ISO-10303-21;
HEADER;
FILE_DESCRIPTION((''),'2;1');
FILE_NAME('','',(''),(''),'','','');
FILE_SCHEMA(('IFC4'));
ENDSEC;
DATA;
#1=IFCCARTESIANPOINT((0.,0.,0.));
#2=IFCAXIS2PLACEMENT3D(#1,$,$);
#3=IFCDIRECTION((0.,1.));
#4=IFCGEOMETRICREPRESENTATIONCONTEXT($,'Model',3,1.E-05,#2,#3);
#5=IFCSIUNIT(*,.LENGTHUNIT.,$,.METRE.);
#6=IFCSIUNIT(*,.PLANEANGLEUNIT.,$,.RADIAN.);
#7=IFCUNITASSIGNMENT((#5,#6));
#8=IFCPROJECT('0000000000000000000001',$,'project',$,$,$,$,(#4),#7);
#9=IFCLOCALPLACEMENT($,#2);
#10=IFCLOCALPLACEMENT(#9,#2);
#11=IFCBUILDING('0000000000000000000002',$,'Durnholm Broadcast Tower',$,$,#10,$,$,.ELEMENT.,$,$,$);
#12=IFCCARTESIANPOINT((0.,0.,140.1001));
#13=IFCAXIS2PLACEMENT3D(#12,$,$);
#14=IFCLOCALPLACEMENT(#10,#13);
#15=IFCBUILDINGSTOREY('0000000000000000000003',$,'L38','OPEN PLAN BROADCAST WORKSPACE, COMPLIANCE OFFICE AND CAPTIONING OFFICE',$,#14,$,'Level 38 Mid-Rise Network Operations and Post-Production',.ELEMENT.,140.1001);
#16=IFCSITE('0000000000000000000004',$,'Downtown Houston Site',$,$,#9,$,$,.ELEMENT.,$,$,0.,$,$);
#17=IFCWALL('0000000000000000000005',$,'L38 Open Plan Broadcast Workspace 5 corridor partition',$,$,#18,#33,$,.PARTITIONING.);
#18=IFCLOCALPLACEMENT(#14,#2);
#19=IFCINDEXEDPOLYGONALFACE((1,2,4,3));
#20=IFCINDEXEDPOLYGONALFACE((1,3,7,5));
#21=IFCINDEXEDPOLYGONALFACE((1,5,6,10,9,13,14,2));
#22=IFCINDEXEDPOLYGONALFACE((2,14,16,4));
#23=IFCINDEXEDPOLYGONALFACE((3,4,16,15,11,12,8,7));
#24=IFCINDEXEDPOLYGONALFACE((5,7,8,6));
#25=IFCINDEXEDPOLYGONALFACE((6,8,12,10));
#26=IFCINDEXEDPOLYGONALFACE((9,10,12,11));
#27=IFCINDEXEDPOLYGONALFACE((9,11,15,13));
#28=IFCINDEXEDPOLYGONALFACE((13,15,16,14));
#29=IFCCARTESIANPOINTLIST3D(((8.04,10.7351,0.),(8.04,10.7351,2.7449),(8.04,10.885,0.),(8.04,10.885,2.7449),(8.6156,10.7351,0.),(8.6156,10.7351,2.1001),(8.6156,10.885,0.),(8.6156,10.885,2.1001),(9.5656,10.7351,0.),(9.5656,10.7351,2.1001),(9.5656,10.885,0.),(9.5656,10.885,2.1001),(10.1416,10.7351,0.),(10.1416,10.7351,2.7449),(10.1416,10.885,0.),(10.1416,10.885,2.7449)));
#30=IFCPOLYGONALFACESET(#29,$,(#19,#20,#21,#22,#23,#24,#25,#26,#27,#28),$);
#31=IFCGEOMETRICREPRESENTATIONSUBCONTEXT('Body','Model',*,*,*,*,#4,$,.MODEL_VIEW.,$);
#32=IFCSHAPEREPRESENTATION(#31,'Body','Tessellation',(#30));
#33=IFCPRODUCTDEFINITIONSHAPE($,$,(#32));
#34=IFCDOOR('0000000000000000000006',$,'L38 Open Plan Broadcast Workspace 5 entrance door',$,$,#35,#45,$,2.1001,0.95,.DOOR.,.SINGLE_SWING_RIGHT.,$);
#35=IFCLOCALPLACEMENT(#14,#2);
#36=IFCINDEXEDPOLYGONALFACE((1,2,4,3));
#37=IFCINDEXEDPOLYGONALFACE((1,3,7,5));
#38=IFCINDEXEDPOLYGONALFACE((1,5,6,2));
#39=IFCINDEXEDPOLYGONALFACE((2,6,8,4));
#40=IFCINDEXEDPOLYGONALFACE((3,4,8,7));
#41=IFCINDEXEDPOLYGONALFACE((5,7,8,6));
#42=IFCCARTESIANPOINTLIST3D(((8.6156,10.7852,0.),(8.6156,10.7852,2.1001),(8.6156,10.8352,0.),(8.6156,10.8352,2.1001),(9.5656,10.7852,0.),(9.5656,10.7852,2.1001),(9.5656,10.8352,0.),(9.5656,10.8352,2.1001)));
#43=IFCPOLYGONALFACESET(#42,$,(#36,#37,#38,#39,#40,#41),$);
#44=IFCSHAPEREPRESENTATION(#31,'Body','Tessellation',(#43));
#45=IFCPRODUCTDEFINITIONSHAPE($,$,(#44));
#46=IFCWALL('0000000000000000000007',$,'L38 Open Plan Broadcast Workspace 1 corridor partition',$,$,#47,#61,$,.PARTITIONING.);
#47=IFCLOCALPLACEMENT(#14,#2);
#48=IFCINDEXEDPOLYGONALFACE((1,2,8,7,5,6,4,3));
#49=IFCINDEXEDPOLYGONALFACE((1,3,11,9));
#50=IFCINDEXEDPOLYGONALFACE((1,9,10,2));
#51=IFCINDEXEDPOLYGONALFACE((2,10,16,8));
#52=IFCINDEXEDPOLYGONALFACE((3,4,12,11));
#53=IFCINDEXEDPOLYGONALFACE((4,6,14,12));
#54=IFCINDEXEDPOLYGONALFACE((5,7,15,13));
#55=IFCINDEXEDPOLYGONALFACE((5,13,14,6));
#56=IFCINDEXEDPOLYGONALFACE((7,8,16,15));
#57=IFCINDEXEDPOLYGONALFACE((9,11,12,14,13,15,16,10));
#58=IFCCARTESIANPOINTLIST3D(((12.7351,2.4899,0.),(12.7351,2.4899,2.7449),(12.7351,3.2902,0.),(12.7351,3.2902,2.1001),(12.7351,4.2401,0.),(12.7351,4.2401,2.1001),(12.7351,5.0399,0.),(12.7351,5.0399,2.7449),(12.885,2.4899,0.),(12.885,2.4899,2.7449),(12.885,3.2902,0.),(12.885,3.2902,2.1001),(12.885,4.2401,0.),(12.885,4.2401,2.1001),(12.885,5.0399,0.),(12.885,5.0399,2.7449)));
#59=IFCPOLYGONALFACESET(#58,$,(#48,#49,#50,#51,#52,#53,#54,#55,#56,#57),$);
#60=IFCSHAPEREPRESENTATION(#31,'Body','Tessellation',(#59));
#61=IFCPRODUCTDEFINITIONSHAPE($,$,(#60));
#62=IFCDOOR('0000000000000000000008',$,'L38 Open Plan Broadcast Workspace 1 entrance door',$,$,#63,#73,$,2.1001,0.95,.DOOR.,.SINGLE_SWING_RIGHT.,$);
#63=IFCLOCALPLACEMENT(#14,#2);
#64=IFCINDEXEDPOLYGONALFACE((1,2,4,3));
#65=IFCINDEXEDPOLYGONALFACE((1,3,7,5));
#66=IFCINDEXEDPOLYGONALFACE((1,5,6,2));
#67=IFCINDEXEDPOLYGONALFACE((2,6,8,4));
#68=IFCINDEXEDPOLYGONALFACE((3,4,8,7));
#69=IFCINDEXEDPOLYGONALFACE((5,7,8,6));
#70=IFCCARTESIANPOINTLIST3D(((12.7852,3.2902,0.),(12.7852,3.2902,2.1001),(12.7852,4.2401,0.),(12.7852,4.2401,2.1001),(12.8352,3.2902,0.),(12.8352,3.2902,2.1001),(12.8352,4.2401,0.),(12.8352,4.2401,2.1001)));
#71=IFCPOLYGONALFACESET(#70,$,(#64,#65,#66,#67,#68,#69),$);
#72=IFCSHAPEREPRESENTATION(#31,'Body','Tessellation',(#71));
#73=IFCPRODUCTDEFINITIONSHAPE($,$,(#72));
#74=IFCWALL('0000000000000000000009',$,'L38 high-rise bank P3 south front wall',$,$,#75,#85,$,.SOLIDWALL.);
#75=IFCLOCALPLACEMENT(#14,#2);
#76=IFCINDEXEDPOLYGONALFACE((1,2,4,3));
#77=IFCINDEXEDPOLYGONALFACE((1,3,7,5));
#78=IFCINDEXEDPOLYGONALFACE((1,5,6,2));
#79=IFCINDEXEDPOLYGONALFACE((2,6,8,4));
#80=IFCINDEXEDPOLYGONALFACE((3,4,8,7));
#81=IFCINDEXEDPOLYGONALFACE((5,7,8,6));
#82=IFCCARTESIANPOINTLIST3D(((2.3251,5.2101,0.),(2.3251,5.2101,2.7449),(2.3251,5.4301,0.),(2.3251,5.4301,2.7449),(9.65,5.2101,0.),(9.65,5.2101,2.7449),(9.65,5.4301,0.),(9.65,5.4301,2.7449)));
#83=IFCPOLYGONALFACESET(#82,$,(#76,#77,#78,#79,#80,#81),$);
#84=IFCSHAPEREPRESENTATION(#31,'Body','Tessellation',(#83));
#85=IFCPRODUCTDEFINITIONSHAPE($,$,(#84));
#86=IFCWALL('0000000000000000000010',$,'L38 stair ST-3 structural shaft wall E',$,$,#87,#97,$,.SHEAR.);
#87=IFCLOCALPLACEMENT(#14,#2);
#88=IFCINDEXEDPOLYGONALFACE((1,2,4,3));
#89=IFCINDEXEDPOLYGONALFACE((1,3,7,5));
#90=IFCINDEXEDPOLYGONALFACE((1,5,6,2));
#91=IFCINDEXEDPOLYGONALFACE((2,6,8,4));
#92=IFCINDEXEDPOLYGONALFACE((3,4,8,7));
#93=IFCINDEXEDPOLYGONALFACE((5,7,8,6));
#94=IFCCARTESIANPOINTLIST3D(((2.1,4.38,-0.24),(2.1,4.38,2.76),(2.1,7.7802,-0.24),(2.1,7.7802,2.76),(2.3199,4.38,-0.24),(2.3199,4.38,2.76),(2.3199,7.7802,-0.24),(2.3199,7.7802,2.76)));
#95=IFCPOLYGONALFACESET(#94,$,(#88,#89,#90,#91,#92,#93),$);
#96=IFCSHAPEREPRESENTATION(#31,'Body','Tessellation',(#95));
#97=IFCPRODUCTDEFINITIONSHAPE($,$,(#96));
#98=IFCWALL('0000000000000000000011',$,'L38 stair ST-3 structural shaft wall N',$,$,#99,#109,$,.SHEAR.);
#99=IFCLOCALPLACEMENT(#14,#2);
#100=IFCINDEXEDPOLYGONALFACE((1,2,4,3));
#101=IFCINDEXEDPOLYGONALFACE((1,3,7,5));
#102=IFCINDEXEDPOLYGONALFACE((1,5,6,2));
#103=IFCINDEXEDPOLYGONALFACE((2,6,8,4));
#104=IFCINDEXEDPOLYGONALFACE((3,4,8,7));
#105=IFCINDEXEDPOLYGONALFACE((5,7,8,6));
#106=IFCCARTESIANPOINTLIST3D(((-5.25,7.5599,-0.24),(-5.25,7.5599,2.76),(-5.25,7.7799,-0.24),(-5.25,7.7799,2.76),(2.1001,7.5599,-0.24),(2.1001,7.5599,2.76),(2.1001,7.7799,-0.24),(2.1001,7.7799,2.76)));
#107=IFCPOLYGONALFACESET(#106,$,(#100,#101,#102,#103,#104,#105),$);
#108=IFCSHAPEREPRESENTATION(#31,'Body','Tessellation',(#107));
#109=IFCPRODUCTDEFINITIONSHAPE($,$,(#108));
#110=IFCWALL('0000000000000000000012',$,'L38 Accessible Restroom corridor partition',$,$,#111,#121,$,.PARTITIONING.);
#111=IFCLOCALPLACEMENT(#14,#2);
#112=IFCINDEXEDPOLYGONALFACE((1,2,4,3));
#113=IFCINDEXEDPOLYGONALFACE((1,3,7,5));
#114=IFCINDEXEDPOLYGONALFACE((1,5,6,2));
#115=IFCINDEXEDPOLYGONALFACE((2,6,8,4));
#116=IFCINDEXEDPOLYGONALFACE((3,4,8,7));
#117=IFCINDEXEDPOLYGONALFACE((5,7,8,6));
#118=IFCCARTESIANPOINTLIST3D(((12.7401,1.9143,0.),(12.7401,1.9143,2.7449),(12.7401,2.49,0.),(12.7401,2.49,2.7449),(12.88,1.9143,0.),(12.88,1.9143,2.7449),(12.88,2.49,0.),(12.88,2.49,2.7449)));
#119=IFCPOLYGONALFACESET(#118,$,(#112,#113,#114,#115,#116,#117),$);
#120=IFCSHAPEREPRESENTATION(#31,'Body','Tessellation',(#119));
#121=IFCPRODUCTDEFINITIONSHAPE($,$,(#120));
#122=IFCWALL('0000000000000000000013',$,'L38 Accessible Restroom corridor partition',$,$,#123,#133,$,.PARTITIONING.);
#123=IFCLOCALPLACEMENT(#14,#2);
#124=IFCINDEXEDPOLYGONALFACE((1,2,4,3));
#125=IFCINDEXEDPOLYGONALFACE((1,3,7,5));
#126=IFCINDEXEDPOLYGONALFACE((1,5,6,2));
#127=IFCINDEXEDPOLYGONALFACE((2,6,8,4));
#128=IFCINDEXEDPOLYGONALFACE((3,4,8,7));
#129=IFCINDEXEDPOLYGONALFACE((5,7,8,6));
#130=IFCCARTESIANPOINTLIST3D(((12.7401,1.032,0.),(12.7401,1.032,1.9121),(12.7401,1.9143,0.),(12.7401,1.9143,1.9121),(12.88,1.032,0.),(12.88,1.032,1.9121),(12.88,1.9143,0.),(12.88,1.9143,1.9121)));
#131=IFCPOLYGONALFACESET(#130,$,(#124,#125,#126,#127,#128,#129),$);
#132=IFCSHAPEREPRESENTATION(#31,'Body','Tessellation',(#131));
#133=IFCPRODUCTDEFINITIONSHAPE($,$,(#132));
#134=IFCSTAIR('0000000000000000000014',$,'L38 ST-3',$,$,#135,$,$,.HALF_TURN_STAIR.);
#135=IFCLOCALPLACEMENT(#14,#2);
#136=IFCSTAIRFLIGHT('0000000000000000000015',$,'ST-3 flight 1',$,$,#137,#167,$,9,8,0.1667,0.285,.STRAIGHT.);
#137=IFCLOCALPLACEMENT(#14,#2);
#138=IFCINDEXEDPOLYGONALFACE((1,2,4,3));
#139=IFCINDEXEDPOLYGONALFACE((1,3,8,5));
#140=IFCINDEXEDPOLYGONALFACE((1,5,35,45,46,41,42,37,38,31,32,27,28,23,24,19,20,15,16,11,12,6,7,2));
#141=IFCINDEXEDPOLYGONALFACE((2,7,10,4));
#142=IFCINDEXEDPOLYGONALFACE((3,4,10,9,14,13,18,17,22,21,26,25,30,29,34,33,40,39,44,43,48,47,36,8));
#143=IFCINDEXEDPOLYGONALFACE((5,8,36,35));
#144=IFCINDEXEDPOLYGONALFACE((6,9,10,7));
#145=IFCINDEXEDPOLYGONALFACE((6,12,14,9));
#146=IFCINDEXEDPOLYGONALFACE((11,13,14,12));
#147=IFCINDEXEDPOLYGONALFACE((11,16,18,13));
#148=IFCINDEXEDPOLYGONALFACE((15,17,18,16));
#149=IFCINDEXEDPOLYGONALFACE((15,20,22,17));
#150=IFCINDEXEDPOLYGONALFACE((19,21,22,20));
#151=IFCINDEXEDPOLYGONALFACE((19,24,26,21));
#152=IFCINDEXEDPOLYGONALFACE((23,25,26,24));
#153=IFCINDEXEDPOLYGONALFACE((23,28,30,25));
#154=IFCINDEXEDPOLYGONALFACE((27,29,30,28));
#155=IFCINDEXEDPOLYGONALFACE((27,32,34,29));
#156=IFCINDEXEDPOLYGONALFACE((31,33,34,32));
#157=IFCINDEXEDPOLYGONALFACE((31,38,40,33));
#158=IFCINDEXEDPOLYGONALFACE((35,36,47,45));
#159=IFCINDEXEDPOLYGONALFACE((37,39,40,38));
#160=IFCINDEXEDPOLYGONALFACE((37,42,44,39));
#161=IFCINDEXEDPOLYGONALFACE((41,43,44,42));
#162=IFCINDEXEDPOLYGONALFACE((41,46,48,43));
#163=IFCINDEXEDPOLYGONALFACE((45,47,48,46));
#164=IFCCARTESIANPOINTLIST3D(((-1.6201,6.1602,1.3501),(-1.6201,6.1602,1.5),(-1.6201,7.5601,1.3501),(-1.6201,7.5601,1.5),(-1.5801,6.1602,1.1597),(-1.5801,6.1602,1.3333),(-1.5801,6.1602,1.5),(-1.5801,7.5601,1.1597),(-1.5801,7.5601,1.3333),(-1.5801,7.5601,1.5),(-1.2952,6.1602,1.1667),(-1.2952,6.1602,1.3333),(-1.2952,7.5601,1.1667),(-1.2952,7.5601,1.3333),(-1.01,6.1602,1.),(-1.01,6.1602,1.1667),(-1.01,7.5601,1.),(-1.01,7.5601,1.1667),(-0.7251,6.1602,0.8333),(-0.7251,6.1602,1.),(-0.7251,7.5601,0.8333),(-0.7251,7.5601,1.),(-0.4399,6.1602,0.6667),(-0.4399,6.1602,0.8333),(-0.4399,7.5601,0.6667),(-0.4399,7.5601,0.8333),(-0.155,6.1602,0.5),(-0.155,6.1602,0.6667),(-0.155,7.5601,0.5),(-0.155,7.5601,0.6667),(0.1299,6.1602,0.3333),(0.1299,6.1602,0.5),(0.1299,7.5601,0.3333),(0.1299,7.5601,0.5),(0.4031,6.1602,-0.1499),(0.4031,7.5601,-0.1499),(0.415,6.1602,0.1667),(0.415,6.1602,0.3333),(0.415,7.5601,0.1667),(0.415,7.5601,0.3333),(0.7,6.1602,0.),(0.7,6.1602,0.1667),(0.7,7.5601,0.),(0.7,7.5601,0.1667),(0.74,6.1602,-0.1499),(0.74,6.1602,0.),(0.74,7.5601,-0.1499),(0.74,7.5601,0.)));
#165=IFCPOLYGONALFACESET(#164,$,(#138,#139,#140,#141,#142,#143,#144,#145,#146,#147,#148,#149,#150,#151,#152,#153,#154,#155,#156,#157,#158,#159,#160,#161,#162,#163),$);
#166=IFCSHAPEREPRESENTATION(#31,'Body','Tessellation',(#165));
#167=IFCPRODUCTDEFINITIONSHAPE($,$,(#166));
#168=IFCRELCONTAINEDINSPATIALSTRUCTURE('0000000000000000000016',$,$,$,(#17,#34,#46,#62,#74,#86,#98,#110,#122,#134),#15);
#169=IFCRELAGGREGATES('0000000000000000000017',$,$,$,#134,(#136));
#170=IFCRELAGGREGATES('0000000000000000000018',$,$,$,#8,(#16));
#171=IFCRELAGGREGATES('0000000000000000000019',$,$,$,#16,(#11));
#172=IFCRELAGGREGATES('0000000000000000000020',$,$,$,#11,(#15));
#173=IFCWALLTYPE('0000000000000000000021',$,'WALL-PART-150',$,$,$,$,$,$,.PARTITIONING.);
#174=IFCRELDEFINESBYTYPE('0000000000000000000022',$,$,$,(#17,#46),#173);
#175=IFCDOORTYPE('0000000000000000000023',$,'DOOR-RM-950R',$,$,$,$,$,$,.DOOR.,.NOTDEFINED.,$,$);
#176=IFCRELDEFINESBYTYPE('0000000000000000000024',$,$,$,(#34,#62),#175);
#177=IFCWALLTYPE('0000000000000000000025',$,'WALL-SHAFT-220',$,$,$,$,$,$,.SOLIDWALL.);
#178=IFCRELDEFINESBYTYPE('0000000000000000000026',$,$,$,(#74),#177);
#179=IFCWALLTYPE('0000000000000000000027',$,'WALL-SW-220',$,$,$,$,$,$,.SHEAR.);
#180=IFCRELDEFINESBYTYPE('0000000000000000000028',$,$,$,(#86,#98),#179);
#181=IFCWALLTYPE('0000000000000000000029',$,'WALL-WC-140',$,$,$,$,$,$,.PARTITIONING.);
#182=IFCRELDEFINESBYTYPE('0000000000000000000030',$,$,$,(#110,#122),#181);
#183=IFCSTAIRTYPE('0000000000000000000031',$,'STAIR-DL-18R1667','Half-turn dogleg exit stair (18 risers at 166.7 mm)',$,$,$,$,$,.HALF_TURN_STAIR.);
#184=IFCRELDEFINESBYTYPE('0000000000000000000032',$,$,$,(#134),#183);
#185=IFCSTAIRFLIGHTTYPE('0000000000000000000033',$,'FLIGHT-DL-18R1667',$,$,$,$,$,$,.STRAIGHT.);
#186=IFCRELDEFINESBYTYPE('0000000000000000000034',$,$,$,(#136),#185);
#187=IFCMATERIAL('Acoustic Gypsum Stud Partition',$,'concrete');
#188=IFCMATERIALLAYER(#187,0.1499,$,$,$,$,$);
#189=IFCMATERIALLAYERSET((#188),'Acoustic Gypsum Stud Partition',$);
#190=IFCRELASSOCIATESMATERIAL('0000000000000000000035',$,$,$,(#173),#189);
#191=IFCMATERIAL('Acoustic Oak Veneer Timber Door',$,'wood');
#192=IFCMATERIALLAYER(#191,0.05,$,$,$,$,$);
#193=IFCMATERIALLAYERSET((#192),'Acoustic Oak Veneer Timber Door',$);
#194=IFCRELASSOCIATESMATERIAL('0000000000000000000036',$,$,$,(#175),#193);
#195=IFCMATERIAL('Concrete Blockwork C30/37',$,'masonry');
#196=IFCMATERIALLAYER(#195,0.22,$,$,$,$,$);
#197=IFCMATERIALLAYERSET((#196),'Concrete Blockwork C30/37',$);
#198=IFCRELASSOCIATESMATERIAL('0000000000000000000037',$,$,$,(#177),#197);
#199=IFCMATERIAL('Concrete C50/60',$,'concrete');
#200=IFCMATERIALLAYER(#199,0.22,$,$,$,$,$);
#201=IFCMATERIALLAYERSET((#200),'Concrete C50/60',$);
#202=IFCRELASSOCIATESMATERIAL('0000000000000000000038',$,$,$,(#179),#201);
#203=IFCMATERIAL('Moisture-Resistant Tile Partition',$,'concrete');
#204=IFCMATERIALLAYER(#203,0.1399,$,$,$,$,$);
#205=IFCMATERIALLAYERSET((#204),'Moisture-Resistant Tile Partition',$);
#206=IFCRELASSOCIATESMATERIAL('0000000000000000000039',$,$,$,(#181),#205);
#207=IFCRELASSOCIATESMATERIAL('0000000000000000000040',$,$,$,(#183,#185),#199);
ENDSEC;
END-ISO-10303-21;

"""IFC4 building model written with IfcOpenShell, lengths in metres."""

from ifc_helpers import new_model, si_unit, direction, frame, frame_2d, origin, place, context, subcontext, project, spatial, polyline, rectangle, outline, extrude, source, transform, mapped, material, layer, layer_set, type_object, type_shapes, element, fill, aggregate, save


model = new_model("IFC4")

# Units and contexts
model_context = context("Model", 3, precision=1e-05, world=origin(), true_north=direction((0.0, 1.0)))
body_context = subcontext(model_context, "Body", "Model", "MODEL_VIEW")
ifc_project = project(units=[si_unit("LENGTHUNIT", "METRE"), si_unit("PLANEANGLEUNIT", "RADIAN")], contexts=[model_context])

# Site, building, storey
site_placement = place(None, origin())
site = spatial("IfcSite", under=ifc_project, at=site_placement, Name="Downtown Houston Site", CompositionType="ELEMENT", RefElevation=0.0)
building_placement = place(site_placement, origin())
building = spatial("IfcBuilding", under=site, at=building_placement, Name="Durnholm Broadcast Tower", CompositionType="ELEMENT")
storey_placement = place(building_placement, frame((0.0, 0.0, 140.1001)))
storey = spatial("IfcBuildingStorey", under=building, at=storey_placement, Name="L38", Description="OPEN PLAN BROADCAST WORKSPACE, COMPLIANCE OFFICE AND CAPTIONING OFFICE", LongName="Level 38 Mid-Rise Network Operations and Post-Production", CompositionType="ELEMENT", Elevation=140.1001)

# Shared definitions
ifc_material_1 = material(Name="Acoustic Gypsum Stud Partition", Category="concrete")
ifc_layer_1 = layer(ifc_material_1, 0.1499)
ifc_layer_set_1 = layer_set([ifc_layer_1], Name="Acoustic Gypsum Stud Partition")
wall_type_1 = type_object("IfcWallType", Name="WALL-PART-150", PredefinedType="PARTITIONING", material=ifc_layer_set_1)

# Walls, openings, doors
wall_1_placement = place(storey_placement, frame((10.1416, 10.8101, 0.0), z_axis=(0.0, 0.0, 1.0), x_axis=(-1.0, 0.0, 0.0)))
wall_1 = element("IfcWall", 1, at=wall_1_placement, inside=storey, type_object=wall_type_1, Name="L38 Open Plan Broadcast Workspace 5 corridor partition", PredefinedType="PARTITIONING", context=body_context, shape_type="SweptSolid", body=[
    extrude(rectangle(XDim=2.1016, YDim=0.1499, at=frame_2d((1.0508, 0.0))), origin(), (0.0, 0.0, 1.0), 2.7449),
])
opening_1_placement = place(wall_1_placement, frame((0.5759, 0.0, 0.0)))
opening_1 = element("IfcOpeningElement", 2, at=opening_1_placement, cuts=wall_1, PredefinedType="OPENING", context=body_context, shape_type="SweptSolid", body=[
    extrude(rectangle(XDim=0.95, YDim=2.1001, at=frame_2d((0.4751, 1.05))), frame((0.0, 0.085, 0.0), z_axis=(0.0, -1.0, 0.0), x_axis=(1.0, 0.0, 0.0)), (0.0, 0.0, 1.0), 0.1699),
])
ifc_material_2 = material(Name="Acoustic Oak Veneer Timber Door", Category="wood")
ifc_layer_2 = layer(ifc_material_2, 0.05)
ifc_layer_set_2 = layer_set([ifc_layer_2], Name="Acoustic Oak Veneer Timber Door")
door_type_1 = type_object("IfcDoorType", Name="DOOR-RM-950R", OperationType="NOTDEFINED", PredefinedType="DOOR", material=ifc_layer_set_2)
shared_shape_1 = source(origin(), body_context, "Body", "SweptSolid", [
    extrude(rectangle(XDim=0.95, YDim=2.1001, at=frame_2d((0.4751, 1.05))), frame((0.0, 0.0249, 0.0), z_axis=(0.0, -1.0, 0.0), x_axis=(1.0, 0.0, 0.0)), (0.0, 0.0, 1.0), 0.05),
])
type_shapes(door_type_1, [shared_shape_1])
door_1_placement = place(opening_1_placement, origin())
door_1 = element("IfcDoor", 3, at=door_1_placement, inside=storey, type_object=door_type_1, Name="L38 Open Plan Broadcast Workspace 5 entrance door", OperationType="SINGLE_SWING_RIGHT", OverallHeight=2.1001, OverallWidth=0.95, PredefinedType="DOOR", context=body_context, shape_type="MappedRepresentation", body=[
    mapped(shared_shape_1, transform((0.0, 0.0, 0.0), x_axis=(1.0, 0.0, 0.0), y_axis=(0.0, 1.0, 0.0), z_axis=(0.0, 0.0, 1.0), scale=1.0)),
])
fill(opening_1, door_1)
wall_2_placement = place(storey_placement, frame((12.8101, 2.49, 0.0), z_axis=(0.0, 0.0, 1.0), x_axis=(0.0, 1.0, 0.0)))
wall_2 = element("IfcWall", 4, at=wall_2_placement, inside=storey, type_object=wall_type_1, Name="L38 Open Plan Broadcast Workspace 1 corridor partition", PredefinedType="PARTITIONING", context=body_context, shape_type="SweptSolid", body=[
    extrude(rectangle(XDim=2.55, YDim=0.1499, at=frame_2d((1.2749, 0.0))), origin(), (0.0, 0.0, 1.0), 2.7449),
])
opening_2_placement = place(wall_2_placement, frame((0.8, 0.0, 0.0)))
opening_2 = element("IfcOpeningElement", 5, at=opening_2_placement, cuts=wall_2, PredefinedType="OPENING", context=body_context, shape_type="SweptSolid", body=[
    extrude(rectangle(XDim=0.95, YDim=2.1001, at=frame_2d((0.4751, 1.05))), frame((0.0, 0.085, 0.0), z_axis=(0.0, -1.0, 0.0), x_axis=(1.0, 0.0, 0.0)), (0.0, 0.0, 1.0), 0.1699),
])
door_2_placement = place(opening_2_placement, origin())
door_2 = element("IfcDoor", 6, at=door_2_placement, inside=storey, type_object=door_type_1, Name="L38 Open Plan Broadcast Workspace 1 entrance door", OperationType="SINGLE_SWING_RIGHT", OverallHeight=2.1001, OverallWidth=0.95, PredefinedType="DOOR", context=body_context, shape_type="MappedRepresentation", body=[
    mapped(shared_shape_1, transform((0.0, 0.0, 0.0), x_axis=(1.0, 0.0, 0.0), y_axis=(0.0, 1.0, 0.0), z_axis=(0.0, 0.0, 1.0), scale=1.0)),
])
fill(opening_2, door_2)

# Shared definitions
ifc_material_3 = material(Name="Concrete Blockwork C30/37", Category="masonry")
ifc_layer_3 = layer(ifc_material_3, 0.22)
ifc_layer_set_3 = layer_set([ifc_layer_3], Name="Concrete Blockwork C30/37")
wall_type_2 = type_object("IfcWallType", Name="WALL-SHAFT-220", PredefinedType="SOLIDWALL", material=ifc_layer_set_3)

# Walls
wall_3_placement = place(storey_placement, frame((2.325, 5.3201, 0.0), z_axis=(0.0, 0.0, 1.0), x_axis=(1.0, 0.0, 0.0)))
element("IfcWall", 7, at=wall_3_placement, inside=storey, type_object=wall_type_2, Name="L38 high-rise bank P3 south front wall", PredefinedType="SOLIDWALL", context=body_context, shape_type="SweptSolid", body=[
    extrude(rectangle(XDim=7.325, YDim=0.22, at=frame_2d((3.6626, 0.0))), origin(), (0.0, 0.0, 1.0), 2.7449),
])
ifc_material_4 = material(Name="Concrete C50/60", Category="concrete")
ifc_layer_4 = layer(ifc_material_4, 0.22)
ifc_layer_set_4 = layer_set([ifc_layer_4], Name="Concrete C50/60")
wall_type_3 = type_object("IfcWallType", Name="WALL-SW-220", PredefinedType="SHEAR", material=ifc_layer_set_4)
wall_4_placement = place(storey_placement, frame((2.21, 4.3799, -0.24), z_axis=(0.0, 0.0, 1.0), x_axis=(0.0, 1.0, 0.0)))
element("IfcWall", 8, at=wall_4_placement, inside=storey, type_object=wall_type_3, Name="L38 stair ST-3 structural shaft wall E", PredefinedType="SHEAR", context=body_context, shape_type="SweptSolid", body=[
    extrude(rectangle(XDim=3.4001, YDim=0.22, at=frame_2d((1.7002, 0.0))), origin(), (0.0, 0.0, 1.0), 3.0),
])
wall_5_placement = place(storey_placement, frame((2.1001, 7.6699, -0.24), z_axis=(0.0, 0.0, 1.0), x_axis=(-1.0, 0.0, 0.0)))
element("IfcWall", 9, at=wall_5_placement, inside=storey, type_object=wall_type_3, Name="L38 stair ST-3 structural shaft wall N", PredefinedType="SHEAR", context=body_context, shape_type="SweptSolid", body=[
    extrude(rectangle(XDim=7.3501, YDim=0.22, at=frame_2d((3.675, 0.0))), origin(), (0.0, 0.0, 1.0), 3.0),
])
ifc_material_5 = material(Name="Moisture-Resistant Tile Partition", Category="concrete")
ifc_layer_5 = layer(ifc_material_5, 0.1399)
ifc_layer_set_5 = layer_set([ifc_layer_5], Name="Moisture-Resistant Tile Partition")
wall_type_4 = type_object("IfcWallType", Name="WALL-WC-140", PredefinedType="PARTITIONING", material=ifc_layer_set_5)
wall_6_placement = place(storey_placement, frame((12.8101, 1.9143, 0.0), z_axis=(0.0, 0.0, 1.0), x_axis=(0.0, 1.0, 0.0)))
element("IfcWall", 10, at=wall_6_placement, inside=storey, type_object=wall_type_4, Name="L38 Accessible Restroom corridor partition", PredefinedType="PARTITIONING", context=body_context, shape_type="SweptSolid", body=[
    extrude(rectangle(XDim=0.5757, YDim=0.1399, at=frame_2d((0.2878, 0.0))), origin(), (0.0, 0.0, 1.0), 2.7449),
])
wall_7_placement = place(storey_placement, frame((12.8101, 1.032, 0.0), z_axis=(0.0, 0.0, 1.0), x_axis=(0.0, 1.0, 0.0)))
element("IfcWall", 11, at=wall_7_placement, inside=storey, type_object=wall_type_4, Name="L38 Accessible Restroom corridor partition", PredefinedType="PARTITIONING", context=body_context, shape_type="SweptSolid", body=[
    extrude(rectangle(XDim=0.8823, YDim=0.1399, at=frame_2d((0.4412, 0.0))), origin(), (0.0, 0.0, 1.0), 1.9121),
])

# Stair, stair flight
stair_type = type_object("IfcStairType", Name="STAIR-DL-18R1667", Description="Half-turn dogleg exit stair (18 risers at 166.7 mm)", PredefinedType="HALF_TURN_STAIR", material=ifc_material_4)
stair_placement = place(storey_placement, origin())
stair = element("IfcStair", 12, at=stair_placement, inside=storey, type_object=stair_type, Name="L38 ST-3", PredefinedType="HALF_TURN_STAIR")
stair_flight_type = type_object("IfcStairFlightType", Name="FLIGHT-DL-18R1667", PredefinedType="STRAIGHT", material=ifc_material_4)
stair_flight_placement = place(storey_placement, frame((0.7, 6.8601, 0.0), z_axis=(0.0, 0.0, 1.0), x_axis=(-1.0, 0.0, 0.0)))
stair_flight = element("IfcStairFlight", 13, at=stair_flight_placement, type_object=stair_flight_type, Name="ST-3 flight 1", NumberOfRisers=9, NumberOfTreads=8, PredefinedType="STRAIGHT", RiserHeight=0.1667, TreadLength=0.285, context=body_context, shape_type="SweptSolid", body=[
    extrude(outline(polyline([(-0.04, -0.1499), (-0.04, 0.0), (0.0, 0.0), (0.0, 0.1667), (0.2849, 0.1667), (0.2849, 0.3333), (0.5701, 0.3333), (0.5701, 0.5), (0.855, 0.5), (0.855, 0.6667), (1.1399, 0.6667), (1.1399, 0.8333), (1.425, 0.8333), (1.425, 1.0), (1.71, 1.0), (1.71, 1.1667), (1.9951, 1.1667), (1.9951, 1.3333), (2.28, 1.3333), (2.28, 1.5), (2.3201, 1.5), (2.3201, 1.3501), (2.28, 1.1597), (0.2969, -0.1499), (-0.04, -0.1499)])), frame((0.0, 0.7, 0.0), z_axis=(0.0, -1.0, 0.0), x_axis=(1.0, 0.0, 0.0)), (0.0, 0.0, 1.0), 1.3999),
])
aggregate(stair, [stair_flight])

save(model, "model.ifc")
